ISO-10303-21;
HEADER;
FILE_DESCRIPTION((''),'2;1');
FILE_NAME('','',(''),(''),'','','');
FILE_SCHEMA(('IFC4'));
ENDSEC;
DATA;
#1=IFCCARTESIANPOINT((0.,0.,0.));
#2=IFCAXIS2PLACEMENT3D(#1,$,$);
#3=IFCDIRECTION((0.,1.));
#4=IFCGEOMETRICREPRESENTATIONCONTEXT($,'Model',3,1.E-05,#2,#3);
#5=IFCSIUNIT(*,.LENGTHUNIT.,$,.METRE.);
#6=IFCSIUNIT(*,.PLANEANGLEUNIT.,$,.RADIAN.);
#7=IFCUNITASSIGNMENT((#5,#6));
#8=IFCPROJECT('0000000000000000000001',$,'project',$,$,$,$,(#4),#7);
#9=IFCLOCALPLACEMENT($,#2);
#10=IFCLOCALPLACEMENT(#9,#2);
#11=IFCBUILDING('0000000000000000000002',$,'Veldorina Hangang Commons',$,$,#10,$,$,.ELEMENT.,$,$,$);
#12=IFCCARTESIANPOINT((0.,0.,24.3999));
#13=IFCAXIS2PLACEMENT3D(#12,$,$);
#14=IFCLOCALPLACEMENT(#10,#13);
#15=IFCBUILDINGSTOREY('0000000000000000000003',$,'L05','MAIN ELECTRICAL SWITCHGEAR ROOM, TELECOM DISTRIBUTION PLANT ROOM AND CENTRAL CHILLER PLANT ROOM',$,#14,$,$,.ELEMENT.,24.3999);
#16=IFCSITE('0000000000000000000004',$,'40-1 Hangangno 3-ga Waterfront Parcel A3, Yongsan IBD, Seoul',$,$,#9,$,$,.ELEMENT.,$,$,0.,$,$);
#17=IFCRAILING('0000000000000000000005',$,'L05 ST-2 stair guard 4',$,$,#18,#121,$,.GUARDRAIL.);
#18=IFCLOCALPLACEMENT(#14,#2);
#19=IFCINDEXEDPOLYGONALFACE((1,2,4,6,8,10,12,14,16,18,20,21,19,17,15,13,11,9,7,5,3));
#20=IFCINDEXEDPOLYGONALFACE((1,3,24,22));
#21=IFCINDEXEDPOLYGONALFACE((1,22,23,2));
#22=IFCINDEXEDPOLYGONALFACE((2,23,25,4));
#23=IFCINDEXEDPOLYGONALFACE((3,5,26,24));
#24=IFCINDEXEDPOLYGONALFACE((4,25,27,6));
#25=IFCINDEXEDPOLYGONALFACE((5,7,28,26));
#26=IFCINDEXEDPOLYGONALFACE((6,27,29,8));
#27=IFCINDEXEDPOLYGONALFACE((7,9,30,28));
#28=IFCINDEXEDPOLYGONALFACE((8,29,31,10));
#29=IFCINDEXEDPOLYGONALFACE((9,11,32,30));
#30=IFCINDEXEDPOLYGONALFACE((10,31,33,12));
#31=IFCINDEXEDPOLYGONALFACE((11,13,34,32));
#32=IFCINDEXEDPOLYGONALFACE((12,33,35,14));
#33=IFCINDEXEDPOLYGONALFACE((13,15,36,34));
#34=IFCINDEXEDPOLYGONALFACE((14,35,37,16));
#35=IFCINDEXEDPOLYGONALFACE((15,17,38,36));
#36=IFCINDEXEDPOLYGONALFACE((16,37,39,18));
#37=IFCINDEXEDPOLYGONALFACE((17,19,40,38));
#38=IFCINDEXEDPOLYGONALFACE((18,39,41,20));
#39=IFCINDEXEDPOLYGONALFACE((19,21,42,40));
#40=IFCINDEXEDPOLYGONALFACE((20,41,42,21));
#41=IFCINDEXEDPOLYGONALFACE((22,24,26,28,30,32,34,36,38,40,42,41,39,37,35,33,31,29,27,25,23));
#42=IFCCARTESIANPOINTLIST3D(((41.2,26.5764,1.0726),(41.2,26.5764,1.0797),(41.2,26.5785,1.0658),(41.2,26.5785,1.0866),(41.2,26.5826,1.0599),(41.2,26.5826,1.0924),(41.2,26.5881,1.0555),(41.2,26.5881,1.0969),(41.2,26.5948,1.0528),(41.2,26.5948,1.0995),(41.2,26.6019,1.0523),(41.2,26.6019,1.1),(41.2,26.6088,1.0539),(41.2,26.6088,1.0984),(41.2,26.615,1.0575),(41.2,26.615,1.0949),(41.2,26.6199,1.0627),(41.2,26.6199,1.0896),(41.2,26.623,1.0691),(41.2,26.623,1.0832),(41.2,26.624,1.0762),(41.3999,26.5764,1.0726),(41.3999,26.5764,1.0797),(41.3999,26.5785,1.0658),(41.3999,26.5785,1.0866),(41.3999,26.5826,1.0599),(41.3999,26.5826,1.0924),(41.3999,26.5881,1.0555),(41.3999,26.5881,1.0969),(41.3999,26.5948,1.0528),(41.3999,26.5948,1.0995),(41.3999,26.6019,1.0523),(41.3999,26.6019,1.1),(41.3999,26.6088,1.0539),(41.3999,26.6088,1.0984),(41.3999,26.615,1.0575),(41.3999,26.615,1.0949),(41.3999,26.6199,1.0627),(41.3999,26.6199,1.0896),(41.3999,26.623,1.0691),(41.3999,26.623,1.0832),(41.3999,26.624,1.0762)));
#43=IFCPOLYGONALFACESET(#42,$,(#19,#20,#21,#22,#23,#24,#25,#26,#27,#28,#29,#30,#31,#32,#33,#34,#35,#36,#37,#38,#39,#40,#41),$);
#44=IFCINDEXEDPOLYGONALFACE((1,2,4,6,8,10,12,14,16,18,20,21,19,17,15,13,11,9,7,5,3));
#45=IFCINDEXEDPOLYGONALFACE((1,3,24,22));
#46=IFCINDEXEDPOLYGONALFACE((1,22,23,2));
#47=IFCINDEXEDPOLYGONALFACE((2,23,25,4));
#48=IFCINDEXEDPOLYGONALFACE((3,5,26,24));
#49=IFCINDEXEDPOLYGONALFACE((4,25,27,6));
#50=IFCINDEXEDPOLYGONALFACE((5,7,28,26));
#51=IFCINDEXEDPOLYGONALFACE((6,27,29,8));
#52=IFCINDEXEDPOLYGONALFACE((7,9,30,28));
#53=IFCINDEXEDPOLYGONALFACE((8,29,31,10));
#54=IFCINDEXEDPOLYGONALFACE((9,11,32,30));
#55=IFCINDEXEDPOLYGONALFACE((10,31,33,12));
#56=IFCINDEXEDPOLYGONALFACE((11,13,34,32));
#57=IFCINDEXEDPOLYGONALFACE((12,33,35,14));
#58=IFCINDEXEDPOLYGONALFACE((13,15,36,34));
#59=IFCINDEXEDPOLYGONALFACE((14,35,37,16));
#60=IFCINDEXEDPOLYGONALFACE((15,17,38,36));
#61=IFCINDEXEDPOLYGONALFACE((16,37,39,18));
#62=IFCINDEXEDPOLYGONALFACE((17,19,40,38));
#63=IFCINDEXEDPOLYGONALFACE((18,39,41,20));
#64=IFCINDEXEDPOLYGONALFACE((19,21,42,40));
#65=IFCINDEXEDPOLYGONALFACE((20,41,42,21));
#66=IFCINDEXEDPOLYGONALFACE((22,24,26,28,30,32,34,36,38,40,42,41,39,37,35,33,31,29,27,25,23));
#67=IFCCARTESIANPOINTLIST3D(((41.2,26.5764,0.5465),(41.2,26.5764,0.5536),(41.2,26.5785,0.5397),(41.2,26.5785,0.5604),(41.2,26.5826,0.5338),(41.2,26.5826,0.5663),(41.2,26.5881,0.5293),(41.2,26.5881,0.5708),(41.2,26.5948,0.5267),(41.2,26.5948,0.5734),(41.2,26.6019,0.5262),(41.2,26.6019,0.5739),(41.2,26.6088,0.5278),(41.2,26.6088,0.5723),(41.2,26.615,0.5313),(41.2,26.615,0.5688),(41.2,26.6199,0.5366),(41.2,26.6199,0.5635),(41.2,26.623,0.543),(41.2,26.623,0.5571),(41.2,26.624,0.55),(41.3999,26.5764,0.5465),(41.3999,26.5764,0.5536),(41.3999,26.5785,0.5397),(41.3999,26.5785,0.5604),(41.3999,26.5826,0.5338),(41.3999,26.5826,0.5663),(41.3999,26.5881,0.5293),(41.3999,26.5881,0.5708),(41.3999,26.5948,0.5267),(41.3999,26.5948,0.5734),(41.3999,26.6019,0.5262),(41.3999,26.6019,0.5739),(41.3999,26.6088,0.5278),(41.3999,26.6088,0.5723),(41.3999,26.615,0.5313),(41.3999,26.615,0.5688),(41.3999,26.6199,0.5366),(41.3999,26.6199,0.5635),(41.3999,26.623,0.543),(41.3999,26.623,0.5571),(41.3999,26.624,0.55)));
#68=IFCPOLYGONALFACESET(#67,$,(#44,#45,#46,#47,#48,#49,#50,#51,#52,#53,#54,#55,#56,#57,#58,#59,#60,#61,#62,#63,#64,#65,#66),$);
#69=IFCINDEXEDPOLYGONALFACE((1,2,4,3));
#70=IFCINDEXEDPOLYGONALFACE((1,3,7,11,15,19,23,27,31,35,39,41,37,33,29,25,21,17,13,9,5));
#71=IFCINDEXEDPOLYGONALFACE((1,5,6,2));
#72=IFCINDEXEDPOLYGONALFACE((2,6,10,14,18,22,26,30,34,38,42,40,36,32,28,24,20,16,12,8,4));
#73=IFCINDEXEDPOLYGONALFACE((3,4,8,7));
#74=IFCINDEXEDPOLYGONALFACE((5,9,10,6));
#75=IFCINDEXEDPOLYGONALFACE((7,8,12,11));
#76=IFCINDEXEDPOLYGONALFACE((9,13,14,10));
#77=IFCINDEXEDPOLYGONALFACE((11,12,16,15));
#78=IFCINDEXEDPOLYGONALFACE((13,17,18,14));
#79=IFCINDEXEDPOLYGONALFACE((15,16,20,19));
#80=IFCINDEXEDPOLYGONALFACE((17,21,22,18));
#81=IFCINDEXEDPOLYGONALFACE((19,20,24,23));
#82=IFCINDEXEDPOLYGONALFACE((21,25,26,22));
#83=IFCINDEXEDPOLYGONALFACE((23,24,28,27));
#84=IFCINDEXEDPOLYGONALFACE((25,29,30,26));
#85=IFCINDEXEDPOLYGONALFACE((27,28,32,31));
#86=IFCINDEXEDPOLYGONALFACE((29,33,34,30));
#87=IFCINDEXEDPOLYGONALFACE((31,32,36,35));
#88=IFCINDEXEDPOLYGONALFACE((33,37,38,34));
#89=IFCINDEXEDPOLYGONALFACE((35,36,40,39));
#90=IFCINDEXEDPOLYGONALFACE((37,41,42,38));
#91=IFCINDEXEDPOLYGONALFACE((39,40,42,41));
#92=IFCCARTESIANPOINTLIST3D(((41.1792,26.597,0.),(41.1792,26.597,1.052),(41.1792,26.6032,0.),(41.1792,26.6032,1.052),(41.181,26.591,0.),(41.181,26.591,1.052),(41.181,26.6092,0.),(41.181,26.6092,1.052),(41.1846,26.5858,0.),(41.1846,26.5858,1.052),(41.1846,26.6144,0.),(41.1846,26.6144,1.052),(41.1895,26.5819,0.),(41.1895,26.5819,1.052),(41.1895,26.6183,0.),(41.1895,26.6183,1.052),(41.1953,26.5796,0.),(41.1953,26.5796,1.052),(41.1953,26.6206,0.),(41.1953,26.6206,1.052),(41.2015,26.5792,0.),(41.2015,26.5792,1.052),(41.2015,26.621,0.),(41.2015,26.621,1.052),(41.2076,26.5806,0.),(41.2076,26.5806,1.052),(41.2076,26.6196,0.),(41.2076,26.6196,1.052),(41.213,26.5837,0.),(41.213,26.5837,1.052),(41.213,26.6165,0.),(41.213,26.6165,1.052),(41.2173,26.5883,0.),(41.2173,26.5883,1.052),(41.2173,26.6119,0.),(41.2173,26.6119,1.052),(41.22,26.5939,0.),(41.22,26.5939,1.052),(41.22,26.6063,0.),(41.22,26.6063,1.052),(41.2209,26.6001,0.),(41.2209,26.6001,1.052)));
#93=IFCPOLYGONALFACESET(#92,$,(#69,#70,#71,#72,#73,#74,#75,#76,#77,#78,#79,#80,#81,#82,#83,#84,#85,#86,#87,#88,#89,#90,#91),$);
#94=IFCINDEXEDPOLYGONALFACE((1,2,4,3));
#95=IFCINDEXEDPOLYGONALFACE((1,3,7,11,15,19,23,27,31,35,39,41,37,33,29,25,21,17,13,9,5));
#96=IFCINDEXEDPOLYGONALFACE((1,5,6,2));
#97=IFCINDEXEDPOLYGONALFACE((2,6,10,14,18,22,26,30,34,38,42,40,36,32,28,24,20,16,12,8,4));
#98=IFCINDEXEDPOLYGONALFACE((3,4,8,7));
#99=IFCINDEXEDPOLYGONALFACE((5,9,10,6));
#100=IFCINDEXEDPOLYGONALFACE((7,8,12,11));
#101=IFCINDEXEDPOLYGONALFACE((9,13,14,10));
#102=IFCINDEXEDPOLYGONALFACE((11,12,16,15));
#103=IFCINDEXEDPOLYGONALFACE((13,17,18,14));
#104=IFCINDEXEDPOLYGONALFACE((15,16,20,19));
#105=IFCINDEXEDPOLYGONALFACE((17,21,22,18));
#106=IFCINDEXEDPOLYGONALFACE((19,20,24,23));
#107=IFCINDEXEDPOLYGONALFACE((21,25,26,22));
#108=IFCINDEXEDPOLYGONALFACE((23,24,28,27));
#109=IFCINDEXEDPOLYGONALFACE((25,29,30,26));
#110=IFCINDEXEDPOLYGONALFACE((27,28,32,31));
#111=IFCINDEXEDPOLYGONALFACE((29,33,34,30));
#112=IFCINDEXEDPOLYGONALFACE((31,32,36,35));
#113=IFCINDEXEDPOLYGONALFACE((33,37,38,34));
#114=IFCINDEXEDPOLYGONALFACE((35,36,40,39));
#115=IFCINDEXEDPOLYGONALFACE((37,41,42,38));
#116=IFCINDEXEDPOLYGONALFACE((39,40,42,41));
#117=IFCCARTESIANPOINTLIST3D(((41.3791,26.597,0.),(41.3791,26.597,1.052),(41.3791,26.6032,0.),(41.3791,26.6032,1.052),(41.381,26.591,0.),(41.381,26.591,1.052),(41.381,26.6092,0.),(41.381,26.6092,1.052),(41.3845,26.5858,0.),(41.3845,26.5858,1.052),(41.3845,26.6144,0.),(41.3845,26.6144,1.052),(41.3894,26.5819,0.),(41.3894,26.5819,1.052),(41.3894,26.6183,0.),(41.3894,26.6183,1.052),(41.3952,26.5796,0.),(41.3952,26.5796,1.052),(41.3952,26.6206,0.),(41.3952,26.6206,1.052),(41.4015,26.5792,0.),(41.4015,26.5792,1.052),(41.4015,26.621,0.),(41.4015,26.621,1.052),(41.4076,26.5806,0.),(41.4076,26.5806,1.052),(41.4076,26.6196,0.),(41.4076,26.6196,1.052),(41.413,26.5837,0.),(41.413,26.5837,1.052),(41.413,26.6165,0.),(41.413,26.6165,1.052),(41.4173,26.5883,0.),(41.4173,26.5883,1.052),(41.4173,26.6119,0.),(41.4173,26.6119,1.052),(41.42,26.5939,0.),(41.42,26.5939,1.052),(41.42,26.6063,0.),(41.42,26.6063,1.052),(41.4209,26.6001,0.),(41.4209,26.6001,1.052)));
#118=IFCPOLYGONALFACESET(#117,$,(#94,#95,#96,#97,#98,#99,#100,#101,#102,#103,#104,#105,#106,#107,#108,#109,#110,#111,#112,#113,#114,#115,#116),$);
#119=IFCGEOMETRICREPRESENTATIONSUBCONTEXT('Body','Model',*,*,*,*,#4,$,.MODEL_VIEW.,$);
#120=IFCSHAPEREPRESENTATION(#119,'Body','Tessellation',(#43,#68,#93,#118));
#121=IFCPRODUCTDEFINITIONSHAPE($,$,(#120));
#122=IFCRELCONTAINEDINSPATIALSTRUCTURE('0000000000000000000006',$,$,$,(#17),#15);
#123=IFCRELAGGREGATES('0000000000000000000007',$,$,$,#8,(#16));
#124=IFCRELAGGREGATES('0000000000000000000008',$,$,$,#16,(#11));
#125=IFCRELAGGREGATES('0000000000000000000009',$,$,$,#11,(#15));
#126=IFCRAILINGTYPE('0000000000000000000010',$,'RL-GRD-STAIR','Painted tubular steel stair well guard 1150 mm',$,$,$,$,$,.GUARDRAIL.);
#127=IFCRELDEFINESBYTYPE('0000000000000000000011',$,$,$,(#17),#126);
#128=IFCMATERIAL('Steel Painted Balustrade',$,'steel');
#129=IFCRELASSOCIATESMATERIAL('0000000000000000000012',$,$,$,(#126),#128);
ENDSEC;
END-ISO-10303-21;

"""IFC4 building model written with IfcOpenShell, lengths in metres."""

from ifc_helpers import new_model, si_unit, direction, frame, origin, origin_2d, place, context, subcontext, project, spatial, circle, extrude, material, type_object, element, save


model = new_model("IFC4")

# Units and contexts
model_context = context("Model", 3, precision=1e-05, world=origin(), true_north=direction((0.0, 1.0)))
body_context = subcontext(model_context, "Body", "Model", "MODEL_VIEW")
ifc_project = project(units=[si_unit("LENGTHUNIT", "METRE"), si_unit("PLANEANGLEUNIT", "RADIAN")], contexts=[model_context])

# Site, building, storey
site_placement = place(None, origin())
site = spatial("IfcSite", under=ifc_project, at=site_placement, Name="40-1 Hangangno 3-ga Waterfront Parcel A3, Yongsan IBD, Seoul", CompositionType="ELEMENT", RefElevation=0.0)
building_placement = place(site_placement, origin())
building = spatial("IfcBuilding", under=site, at=building_placement, Name="Veldorina Hangang Commons", CompositionType="ELEMENT")
storey_placement = place(building_placement, frame((0.0, 0.0, 24.3999)))
storey = spatial("IfcBuildingStorey", under=building, at=storey_placement, Name="L05", Description="MAIN ELECTRICAL SWITCHGEAR ROOM, TELECOM DISTRIBUTION PLANT ROOM AND CENTRAL CHILLER PLANT ROOM", CompositionType="ELEMENT", Elevation=24.3999)

# Railing
ifc_material_1 = material(Name="Steel Painted Balustrade", Category="steel")
railing_type_1 = type_object("IfcRailingType", Name="RL-GRD-STAIR", Description="Painted tubular steel stair well guard 1150 mm", PredefinedType="GUARDRAIL", material=ifc_material_1)
railing_1_placement = place(storey_placement, frame((41.2, 26.6001, 0.0)))
element("IfcRailing", 1, at=railing_1_placement, inside=storey, type_object=railing_type_1, Name="L05 ST-2 stair guard 4", PredefinedType="GUARDRAIL", context=body_context, shape_type="SweptSolid", body=[
    extrude(circle(Radius=0.0239, at=origin_2d()), frame((0.0, 0.0, 1.0762), z_axis=(1.0, 0.0, 0.0), x_axis=(0.0, 1.0, 0.0)), (0.0, 0.0, 1.0), 0.2),
    extrude(circle(Radius=0.0239, at=origin_2d()), frame((0.0, 0.0, 0.55), z_axis=(1.0, 0.0, 0.0), x_axis=(0.0, 1.0, 0.0)), (0.0, 0.0, 1.0), 0.2),
    extrude(circle(Radius=0.021, at=origin_2d()), origin(), (0.0, 0.0, 1.0), 1.052),
    extrude(circle(Radius=0.021, at=origin_2d()), frame((0.2, 0.0, 0.0)), (0.0, 0.0, 1.0), 1.052),
])

save(model, "model.ifc")
